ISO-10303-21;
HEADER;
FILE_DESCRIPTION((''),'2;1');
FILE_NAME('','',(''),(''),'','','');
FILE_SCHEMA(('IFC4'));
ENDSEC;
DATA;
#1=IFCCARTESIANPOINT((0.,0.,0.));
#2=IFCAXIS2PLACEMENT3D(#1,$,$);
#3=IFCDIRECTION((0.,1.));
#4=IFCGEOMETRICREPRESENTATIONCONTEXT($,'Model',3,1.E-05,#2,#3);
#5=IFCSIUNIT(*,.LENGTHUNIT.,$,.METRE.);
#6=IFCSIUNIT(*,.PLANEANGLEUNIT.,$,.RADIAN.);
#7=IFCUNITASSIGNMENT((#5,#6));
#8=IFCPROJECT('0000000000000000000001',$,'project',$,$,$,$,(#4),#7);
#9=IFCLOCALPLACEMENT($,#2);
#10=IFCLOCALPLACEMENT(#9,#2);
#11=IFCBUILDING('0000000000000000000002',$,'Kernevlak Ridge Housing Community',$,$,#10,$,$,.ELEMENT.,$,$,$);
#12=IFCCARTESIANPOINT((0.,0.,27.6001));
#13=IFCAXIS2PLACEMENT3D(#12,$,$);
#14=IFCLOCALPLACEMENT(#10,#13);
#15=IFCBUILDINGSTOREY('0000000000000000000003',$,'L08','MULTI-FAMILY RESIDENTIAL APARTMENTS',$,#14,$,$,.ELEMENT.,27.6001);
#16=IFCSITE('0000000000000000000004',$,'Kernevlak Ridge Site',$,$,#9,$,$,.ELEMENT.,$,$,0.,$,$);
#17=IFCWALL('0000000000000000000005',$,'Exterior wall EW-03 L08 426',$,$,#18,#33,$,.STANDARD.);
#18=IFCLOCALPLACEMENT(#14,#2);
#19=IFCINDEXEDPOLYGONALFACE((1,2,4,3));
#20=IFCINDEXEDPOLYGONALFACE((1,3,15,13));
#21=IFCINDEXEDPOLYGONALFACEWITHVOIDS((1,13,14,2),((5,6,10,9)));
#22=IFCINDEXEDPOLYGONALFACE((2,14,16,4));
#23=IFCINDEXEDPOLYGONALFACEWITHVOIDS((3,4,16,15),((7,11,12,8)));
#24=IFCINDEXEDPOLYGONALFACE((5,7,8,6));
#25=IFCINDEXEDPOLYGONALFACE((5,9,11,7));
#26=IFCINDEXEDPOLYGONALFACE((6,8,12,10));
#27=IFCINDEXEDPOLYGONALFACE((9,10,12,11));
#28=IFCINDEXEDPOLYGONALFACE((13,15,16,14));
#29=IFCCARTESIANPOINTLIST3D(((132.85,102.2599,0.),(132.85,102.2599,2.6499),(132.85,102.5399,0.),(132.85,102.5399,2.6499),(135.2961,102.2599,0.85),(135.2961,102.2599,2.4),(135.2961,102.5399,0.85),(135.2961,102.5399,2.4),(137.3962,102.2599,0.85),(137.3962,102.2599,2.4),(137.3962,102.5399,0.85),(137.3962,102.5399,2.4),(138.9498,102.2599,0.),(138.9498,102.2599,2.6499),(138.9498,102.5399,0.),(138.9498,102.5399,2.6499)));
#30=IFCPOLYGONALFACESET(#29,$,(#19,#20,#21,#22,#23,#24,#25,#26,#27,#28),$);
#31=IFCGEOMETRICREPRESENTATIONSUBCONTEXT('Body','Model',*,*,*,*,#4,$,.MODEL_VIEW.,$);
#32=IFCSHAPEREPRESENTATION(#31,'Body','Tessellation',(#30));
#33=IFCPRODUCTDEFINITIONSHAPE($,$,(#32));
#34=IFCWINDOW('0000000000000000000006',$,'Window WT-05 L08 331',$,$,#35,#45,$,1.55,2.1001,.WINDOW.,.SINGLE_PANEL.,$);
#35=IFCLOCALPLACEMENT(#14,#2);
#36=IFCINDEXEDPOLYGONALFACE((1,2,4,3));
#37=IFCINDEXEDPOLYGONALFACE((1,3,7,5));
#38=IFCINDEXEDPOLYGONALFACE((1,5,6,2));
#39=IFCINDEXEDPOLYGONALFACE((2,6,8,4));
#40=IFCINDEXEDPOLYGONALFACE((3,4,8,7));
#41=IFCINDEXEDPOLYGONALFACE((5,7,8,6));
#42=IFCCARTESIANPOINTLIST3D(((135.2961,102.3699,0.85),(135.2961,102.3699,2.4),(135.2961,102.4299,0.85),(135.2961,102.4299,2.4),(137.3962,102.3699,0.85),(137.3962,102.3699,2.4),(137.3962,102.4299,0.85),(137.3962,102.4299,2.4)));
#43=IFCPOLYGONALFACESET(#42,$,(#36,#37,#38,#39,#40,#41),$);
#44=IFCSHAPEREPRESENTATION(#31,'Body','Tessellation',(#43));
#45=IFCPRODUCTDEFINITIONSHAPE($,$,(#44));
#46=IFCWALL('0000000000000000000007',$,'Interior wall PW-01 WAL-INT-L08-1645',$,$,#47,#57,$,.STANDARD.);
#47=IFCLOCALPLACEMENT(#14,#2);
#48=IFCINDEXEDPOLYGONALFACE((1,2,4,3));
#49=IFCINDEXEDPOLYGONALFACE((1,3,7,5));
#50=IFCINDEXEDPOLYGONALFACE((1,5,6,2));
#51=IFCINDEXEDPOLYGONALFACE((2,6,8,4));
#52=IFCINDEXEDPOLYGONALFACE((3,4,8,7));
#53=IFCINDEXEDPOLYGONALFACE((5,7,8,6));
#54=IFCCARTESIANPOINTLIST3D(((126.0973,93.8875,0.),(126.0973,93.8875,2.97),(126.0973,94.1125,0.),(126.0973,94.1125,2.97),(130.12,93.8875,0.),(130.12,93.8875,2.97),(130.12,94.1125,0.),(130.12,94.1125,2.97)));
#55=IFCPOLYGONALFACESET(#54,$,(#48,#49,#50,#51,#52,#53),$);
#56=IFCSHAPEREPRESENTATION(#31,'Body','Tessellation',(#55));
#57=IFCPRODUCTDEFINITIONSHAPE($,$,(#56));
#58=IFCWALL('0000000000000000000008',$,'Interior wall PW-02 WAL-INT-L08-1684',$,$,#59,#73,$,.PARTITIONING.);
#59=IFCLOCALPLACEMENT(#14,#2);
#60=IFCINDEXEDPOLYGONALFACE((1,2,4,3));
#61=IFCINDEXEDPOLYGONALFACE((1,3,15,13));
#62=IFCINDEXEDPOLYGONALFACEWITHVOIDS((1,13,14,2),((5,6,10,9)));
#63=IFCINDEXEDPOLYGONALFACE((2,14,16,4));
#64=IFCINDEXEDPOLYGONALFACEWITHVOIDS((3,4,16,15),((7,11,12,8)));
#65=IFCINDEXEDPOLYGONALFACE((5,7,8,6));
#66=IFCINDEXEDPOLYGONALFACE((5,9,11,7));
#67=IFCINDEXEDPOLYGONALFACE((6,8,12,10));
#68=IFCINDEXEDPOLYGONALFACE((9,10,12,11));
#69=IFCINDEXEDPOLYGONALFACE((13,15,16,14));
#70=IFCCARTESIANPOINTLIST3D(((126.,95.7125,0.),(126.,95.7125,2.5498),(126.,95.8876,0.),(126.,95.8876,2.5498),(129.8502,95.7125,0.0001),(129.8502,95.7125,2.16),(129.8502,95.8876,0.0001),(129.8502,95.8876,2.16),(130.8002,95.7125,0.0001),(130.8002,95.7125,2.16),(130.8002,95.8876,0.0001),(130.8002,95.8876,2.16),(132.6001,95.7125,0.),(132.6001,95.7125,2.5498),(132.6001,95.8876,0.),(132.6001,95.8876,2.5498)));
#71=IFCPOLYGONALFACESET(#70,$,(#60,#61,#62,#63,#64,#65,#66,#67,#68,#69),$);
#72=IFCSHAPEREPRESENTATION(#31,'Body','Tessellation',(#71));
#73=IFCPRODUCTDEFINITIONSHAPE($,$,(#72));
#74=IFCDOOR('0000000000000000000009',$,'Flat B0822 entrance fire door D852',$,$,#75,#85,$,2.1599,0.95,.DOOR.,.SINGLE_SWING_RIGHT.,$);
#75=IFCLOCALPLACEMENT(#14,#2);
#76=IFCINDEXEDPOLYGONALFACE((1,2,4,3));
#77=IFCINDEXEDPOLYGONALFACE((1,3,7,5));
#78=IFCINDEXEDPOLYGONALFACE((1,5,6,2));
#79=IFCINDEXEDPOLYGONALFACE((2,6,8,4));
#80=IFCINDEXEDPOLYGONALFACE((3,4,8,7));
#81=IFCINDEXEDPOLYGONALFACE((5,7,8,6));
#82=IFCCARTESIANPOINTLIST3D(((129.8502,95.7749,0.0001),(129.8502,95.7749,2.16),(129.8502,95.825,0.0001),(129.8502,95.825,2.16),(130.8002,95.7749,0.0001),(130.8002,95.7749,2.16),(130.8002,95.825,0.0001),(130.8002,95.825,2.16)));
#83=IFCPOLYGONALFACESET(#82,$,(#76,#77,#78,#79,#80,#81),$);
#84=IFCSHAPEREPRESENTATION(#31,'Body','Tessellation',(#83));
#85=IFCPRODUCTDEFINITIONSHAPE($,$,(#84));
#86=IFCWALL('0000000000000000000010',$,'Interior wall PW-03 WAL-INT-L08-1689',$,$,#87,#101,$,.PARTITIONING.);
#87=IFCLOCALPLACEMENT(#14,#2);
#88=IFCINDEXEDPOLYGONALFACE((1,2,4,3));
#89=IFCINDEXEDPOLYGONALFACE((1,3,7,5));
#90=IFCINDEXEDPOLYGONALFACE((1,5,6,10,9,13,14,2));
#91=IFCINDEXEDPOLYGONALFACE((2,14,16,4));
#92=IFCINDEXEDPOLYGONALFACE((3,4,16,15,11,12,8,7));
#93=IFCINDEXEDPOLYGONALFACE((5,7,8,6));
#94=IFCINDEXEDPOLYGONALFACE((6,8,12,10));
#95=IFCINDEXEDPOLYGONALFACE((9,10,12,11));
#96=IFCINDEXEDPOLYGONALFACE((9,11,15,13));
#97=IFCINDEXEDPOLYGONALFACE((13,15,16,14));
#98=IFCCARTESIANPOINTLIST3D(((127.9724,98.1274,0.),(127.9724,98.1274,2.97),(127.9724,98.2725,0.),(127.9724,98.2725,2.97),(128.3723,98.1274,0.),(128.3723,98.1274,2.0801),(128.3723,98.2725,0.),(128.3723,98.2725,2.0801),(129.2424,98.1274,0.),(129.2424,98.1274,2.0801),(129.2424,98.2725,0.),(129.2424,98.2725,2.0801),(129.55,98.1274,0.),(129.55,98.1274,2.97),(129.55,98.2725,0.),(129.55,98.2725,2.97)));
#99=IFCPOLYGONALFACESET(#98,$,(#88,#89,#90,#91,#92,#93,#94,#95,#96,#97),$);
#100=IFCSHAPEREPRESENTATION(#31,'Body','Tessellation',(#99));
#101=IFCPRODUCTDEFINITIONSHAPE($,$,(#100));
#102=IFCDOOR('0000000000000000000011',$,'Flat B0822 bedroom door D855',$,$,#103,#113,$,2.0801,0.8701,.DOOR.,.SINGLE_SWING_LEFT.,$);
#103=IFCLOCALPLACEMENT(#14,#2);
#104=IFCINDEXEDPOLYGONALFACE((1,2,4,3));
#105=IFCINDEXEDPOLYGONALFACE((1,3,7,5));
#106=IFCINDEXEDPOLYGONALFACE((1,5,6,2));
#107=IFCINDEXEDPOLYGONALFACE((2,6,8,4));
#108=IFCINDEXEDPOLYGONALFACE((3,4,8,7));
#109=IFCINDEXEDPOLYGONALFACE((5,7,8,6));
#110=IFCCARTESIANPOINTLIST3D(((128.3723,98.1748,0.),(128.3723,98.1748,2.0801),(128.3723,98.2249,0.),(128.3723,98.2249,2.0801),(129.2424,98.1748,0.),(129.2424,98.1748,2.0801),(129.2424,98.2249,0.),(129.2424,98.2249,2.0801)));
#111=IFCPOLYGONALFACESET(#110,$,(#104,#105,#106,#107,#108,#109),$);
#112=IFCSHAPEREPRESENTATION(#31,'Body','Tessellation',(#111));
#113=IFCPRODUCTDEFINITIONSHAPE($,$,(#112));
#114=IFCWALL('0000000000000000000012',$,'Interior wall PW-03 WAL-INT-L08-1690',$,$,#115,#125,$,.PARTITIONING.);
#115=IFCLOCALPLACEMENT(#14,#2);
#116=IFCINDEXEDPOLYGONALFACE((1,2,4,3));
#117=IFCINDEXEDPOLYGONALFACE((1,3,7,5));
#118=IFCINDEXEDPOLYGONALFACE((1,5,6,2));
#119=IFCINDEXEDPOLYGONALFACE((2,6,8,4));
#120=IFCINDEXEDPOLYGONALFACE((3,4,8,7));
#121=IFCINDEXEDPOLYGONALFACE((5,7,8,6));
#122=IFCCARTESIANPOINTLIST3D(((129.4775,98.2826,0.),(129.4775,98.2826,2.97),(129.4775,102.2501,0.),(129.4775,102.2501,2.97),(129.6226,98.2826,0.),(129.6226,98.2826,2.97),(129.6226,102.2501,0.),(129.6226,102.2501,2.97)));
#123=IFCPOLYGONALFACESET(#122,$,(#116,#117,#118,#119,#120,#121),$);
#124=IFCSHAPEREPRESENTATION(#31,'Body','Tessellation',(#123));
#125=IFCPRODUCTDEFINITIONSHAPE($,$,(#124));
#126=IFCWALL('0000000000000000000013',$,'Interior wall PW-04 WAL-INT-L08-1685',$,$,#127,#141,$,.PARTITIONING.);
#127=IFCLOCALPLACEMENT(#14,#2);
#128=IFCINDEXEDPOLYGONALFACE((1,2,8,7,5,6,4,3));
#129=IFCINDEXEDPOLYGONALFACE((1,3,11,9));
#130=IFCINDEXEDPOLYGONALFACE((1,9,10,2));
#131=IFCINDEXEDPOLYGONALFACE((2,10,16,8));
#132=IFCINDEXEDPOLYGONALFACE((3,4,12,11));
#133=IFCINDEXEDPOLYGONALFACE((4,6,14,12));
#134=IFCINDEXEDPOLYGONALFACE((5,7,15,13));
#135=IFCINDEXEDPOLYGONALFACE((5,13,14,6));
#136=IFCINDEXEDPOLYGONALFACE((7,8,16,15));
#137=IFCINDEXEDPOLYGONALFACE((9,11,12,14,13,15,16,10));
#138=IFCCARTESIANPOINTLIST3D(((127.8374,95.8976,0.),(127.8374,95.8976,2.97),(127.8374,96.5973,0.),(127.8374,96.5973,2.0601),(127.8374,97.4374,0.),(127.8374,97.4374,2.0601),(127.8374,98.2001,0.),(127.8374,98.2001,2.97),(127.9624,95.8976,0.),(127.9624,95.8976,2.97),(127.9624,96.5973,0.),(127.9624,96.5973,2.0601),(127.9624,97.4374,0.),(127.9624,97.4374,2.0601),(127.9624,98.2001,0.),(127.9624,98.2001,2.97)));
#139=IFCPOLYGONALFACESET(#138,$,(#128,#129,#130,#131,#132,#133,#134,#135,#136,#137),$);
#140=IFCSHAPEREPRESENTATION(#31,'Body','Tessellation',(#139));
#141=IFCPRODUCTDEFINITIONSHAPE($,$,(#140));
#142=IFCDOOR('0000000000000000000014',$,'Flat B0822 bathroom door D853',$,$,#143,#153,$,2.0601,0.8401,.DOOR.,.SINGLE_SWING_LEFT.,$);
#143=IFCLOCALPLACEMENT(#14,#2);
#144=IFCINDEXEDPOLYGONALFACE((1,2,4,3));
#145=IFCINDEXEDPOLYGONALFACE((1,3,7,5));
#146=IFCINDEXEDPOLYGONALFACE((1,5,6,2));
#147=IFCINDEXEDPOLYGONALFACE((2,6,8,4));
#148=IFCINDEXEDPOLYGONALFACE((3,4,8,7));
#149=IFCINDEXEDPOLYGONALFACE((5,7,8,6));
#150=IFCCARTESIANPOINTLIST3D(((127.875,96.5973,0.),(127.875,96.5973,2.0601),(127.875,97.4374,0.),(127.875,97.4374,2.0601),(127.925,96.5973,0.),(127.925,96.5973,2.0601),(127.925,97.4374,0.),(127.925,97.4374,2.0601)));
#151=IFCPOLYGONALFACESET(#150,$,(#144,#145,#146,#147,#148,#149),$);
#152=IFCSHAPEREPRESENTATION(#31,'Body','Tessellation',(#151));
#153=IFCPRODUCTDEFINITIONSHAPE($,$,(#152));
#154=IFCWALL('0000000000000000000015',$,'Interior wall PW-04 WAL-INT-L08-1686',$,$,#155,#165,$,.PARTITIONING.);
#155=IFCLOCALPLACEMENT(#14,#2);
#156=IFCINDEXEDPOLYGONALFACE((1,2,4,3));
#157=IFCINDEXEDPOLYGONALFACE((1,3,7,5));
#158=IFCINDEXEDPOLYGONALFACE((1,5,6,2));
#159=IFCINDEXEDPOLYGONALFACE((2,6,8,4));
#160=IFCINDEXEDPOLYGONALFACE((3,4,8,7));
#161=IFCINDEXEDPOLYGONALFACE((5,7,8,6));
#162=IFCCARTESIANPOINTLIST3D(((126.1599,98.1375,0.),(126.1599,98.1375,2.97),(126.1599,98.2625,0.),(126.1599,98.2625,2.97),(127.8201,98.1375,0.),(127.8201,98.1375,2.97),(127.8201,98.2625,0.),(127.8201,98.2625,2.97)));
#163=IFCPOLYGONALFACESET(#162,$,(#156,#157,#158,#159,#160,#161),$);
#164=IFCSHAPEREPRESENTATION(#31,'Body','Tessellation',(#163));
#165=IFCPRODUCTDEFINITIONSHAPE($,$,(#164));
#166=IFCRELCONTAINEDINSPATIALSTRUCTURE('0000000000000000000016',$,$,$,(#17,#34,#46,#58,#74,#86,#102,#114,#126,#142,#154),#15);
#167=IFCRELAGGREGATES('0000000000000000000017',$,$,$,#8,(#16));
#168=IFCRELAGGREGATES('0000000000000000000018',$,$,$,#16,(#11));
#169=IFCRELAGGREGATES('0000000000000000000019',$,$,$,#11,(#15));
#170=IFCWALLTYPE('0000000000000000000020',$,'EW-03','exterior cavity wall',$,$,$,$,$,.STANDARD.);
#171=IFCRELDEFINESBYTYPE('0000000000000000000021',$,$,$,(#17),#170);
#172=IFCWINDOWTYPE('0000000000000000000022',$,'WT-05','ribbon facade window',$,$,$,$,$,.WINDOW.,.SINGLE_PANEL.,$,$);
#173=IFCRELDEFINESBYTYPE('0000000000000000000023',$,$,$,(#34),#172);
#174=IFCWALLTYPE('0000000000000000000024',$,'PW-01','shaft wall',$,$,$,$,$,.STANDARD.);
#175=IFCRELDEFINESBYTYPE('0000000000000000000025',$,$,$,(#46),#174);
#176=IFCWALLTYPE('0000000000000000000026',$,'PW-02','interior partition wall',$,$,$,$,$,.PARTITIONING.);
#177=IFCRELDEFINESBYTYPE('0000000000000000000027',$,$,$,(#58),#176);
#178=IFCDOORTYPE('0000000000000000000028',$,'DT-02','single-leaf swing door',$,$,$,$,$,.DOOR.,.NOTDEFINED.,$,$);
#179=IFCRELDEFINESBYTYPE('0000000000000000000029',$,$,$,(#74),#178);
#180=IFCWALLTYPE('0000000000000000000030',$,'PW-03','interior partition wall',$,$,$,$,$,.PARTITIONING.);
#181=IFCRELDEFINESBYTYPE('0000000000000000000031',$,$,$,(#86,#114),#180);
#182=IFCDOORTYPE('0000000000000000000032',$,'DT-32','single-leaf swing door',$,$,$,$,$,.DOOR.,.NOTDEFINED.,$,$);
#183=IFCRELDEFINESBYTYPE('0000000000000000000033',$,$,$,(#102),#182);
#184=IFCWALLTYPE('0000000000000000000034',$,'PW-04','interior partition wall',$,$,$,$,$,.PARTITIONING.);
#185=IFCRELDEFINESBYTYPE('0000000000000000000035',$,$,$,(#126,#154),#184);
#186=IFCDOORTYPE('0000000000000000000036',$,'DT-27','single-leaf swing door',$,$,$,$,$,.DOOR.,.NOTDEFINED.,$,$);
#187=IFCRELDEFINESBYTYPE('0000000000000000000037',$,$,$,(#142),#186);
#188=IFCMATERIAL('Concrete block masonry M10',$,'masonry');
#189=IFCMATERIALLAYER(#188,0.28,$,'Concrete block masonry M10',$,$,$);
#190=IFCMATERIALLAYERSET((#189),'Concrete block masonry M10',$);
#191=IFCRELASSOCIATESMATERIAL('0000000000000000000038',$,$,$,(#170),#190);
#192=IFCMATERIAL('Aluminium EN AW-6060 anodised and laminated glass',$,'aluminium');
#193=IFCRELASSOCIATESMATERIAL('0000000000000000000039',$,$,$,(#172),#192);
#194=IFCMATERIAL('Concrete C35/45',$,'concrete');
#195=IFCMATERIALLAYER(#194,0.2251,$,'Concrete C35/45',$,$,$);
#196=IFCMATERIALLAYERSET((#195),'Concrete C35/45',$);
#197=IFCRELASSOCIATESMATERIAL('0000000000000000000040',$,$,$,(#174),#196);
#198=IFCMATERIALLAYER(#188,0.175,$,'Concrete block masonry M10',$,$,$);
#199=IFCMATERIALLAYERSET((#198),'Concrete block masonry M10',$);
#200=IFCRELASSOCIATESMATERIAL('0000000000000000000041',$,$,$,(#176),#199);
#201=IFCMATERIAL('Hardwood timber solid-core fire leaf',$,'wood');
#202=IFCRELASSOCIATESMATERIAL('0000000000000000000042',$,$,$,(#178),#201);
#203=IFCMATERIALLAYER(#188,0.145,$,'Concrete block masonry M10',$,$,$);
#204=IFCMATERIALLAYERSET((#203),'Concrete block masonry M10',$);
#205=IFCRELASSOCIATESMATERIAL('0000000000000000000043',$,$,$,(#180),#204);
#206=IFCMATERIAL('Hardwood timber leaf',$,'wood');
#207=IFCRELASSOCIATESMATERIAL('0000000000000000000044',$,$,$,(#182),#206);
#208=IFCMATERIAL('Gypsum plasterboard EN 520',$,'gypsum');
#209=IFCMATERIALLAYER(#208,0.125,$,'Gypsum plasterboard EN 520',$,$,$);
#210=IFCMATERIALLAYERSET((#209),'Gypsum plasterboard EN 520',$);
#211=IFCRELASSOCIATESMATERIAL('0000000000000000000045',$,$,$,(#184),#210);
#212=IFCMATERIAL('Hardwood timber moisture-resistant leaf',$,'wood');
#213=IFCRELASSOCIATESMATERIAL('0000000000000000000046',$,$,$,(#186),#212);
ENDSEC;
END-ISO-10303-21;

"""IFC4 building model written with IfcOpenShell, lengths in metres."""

from ifc_helpers import new_model, si_unit, direction, frame, frame_2d, origin, place, context, subcontext, project, spatial, rectangle, extrude, material, layer, layer_set, type_object, element, fill, save


model = new_model("IFC4")

# Units and contexts
model_context = context("Model", 3, precision=1e-05, world=origin(), true_north=direction((0.0, 1.0)))
body_context = subcontext(model_context, "Body", "Model", "MODEL_VIEW")
ifc_project = project(units=[si_unit("LENGTHUNIT", "METRE"), si_unit("PLANEANGLEUNIT", "RADIAN")], contexts=[model_context])

# Site, building, storey
site_placement = place(None, origin())
site = spatial("IfcSite", under=ifc_project, at=site_placement, Name="Kernevlak Ridge Site", CompositionType="ELEMENT", RefElevation=0.0)
building_placement = place(site_placement, origin())
building = spatial("IfcBuilding", under=site, at=building_placement, Name="Kernevlak Ridge Housing Community", CompositionType="ELEMENT")
storey_placement = place(building_placement, frame((0.0, 0.0, 27.6001)))
storey = spatial("IfcBuildingStorey", under=building, at=storey_placement, Name="L08", Description="MULTI-FAMILY RESIDENTIAL APARTMENTS", CompositionType="ELEMENT", Elevation=27.6001)

# Shared definitions
ifc_material_1 = material(Name="Concrete C35/45", Category="concrete")

# Shared definitions
ifc_material_2 = material(Name="Concrete block masonry M10", Category="masonry")
ifc_layer_1 = layer(ifc_material_2, 0.28, Name="Concrete block masonry M10")
ifc_layer_set_1 = layer_set([ifc_layer_1], Name="Concrete block masonry M10")
wall_type_1 = type_object("IfcWallType", Name="EW-03", Description="exterior cavity wall", PredefinedType="STANDARD", material=ifc_layer_set_1)
ifc_material_3 = material(Name="Aluminium EN AW-6060 anodised and laminated glass", Category="aluminium")

# Wall, opening, window
wall_1_placement = place(storey_placement, frame((132.8501, 102.3999, 0.0), z_axis=(0.0, 0.0, 1.0), x_axis=(1.0, 0.0, 0.0)))
wall_1 = element("IfcWall", 1, at=wall_1_placement, inside=storey, type_object=wall_type_1, Name="Exterior wall EW-03 L08 426", PredefinedType="STANDARD", context=body_context, shape_type="SweptSolid", body=[
    extrude(rectangle(XDim=6.0999, YDim=0.28, at=frame_2d((3.0498, 0.0))), origin(), (0.0, 0.0, 1.0), 2.6499),
])
opening_1_placement = place(wall_1_placement, frame((2.446, 0.0, 0.8501)))
opening_1 = element("IfcOpeningElement", 2, at=opening_1_placement, cuts=wall_1, PredefinedType="OPENING", context=body_context, shape_type="SweptSolid", body=[
    extrude(rectangle(XDim=2.1001, YDim=1.55, at=frame_2d((1.05, 0.7749))), frame((0.0, 0.1499, 0.0), z_axis=(0.0, -1.0, 0.0), x_axis=(1.0, 0.0, 0.0)), (0.0, 0.0, 1.0), 0.3),
])
window_type_1 = type_object("IfcWindowType", Name="WT-05", Description="ribbon facade window", PartitioningType="SINGLE_PANEL", PredefinedType="WINDOW", material=ifc_material_3)
window_1_placement = place(opening_1_placement, origin())
window_1 = element("IfcWindow", 3, at=window_1_placement, inside=storey, type_object=window_type_1, Name="Window WT-05 L08 331", OverallHeight=1.55, OverallWidth=2.1001, PartitioningType="SINGLE_PANEL", PredefinedType="WINDOW", context=body_context, shape_type="SweptSolid", body=[
    extrude(rectangle(XDim=2.1001, YDim=1.55, at=frame_2d((1.05, 0.7749))), frame((0.0, 0.03, 0.0), z_axis=(0.0, -1.0, 0.0), x_axis=(1.0, 0.0, 0.0)), (0.0, 0.0, 1.0), 0.0601),
])
fill(opening_1, window_1)

# Wall
ifc_layer_2 = layer(ifc_material_1, 0.2251, Name="Concrete C35/45")
ifc_layer_set_2 = layer_set([ifc_layer_2], Name="Concrete C35/45")
wall_type_2 = type_object("IfcWallType", Name="PW-01", Description="shaft wall", PredefinedType="STANDARD", material=ifc_layer_set_2)
wall_2_placement = place(storey_placement, frame((126.0974, 94.0, 0.0), z_axis=(0.0, 0.0, 1.0), x_axis=(1.0, 0.0, 0.0)))
element("IfcWall", 4, at=wall_2_placement, inside=storey, type_object=wall_type_2, Name="Interior wall PW-01 WAL-INT-L08-1645", PredefinedType="STANDARD", context=body_context, shape_type="SweptSolid", body=[
    extrude(rectangle(XDim=4.0227, YDim=0.2251, at=frame_2d((2.0112, 0.0))), origin(), (0.0, 0.0, 1.0), 2.97),
])

# Walls, openings, doors
ifc_layer_3 = layer(ifc_material_2, 0.175, Name="Concrete block masonry M10")
ifc_layer_set_3 = layer_set([ifc_layer_3], Name="Concrete block masonry M10")
wall_type_3 = type_object("IfcWallType", Name="PW-02", Description="interior partition wall", PredefinedType="PARTITIONING", material=ifc_layer_set_3)
wall_3_placement = place(storey_placement, frame((126.0, 95.8, 0.0), z_axis=(0.0, 0.0, 1.0), x_axis=(1.0, 0.0, 0.0)))
wall_3 = element("IfcWall", 5, at=wall_3_placement, inside=storey, type_object=wall_type_3, Name="Interior wall PW-02 WAL-INT-L08-1684", PredefinedType="PARTITIONING", context=body_context, shape_type="SweptSolid", body=[
    extrude(rectangle(XDim=6.6001, YDim=0.175, at=frame_2d((3.3, 0.0))), origin(), (0.0, 0.0, 1.0), 2.5498),
])
opening_2_placement = place(wall_3_placement, frame((3.8501, 0.0, 0.0)))
opening_2 = element("IfcOpeningElement", 6, at=opening_2_placement, cuts=wall_3, PredefinedType="OPENING", context=body_context, shape_type="SweptSolid", body=[
    extrude(rectangle(XDim=0.95, YDim=2.1599, at=frame_2d((0.4751, 1.0801))), frame((0.0, 0.0974, 0.0), z_axis=(0.0, -1.0, 0.0), x_axis=(1.0, 0.0, 0.0)), (0.0, 0.0, 1.0), 0.1951),
])
ifc_material_4 = material(Name="Hardwood timber solid-core fire leaf", Category="wood")
door_type_1 = type_object("IfcDoorType", Name="DT-02", Description="single-leaf swing door", OperationType="NOTDEFINED", PredefinedType="DOOR", material=ifc_material_4)
door_1_placement = place(opening_2_placement, origin())
door_1 = element("IfcDoor", 7, at=door_1_placement, inside=storey, type_object=door_type_1, Name="Flat B0822 entrance fire door D852", OperationType="SINGLE_SWING_RIGHT", OverallHeight=2.1599, OverallWidth=0.95, PredefinedType="DOOR", context=body_context, shape_type="SweptSolid", body=[
    extrude(rectangle(XDim=0.95, YDim=2.1599, at=frame_2d((0.4751, 1.0801))), frame((0.0, 0.0249, 0.0), z_axis=(0.0, -1.0, 0.0), x_axis=(1.0, 0.0, 0.0)), (0.0, 0.0, 1.0), 0.05),
])
fill(opening_2, door_1)
ifc_layer_4 = layer(ifc_material_2, 0.145, Name="Concrete block masonry M10")
ifc_layer_set_4 = layer_set([ifc_layer_4], Name="Concrete block masonry M10")
wall_type_4 = type_object("IfcWallType", Name="PW-03", Description="interior partition wall", PredefinedType="PARTITIONING", material=ifc_layer_set_4)
wall_4_placement = place(storey_placement, frame((127.9724, 98.2, 0.0), z_axis=(0.0, 0.0, 1.0), x_axis=(1.0, 0.0, 0.0)))
wall_4 = element("IfcWall", 8, at=wall_4_placement, inside=storey, type_object=wall_type_4, Name="Interior wall PW-03 WAL-INT-L08-1689", PredefinedType="PARTITIONING", context=body_context, shape_type="SweptSolid", body=[
    extrude(rectangle(XDim=1.5776, YDim=0.145, at=frame_2d((0.7888, 0.0))), origin(), (0.0, 0.0, 1.0), 2.97),
])
opening_3_placement = place(wall_4_placement, frame((0.3999, 0.0, 0.0)))
opening_3 = element("IfcOpeningElement", 9, at=opening_3_placement, cuts=wall_4, PredefinedType="OPENING", context=body_context, shape_type="SweptSolid", body=[
    extrude(rectangle(XDim=0.8701, YDim=2.0801, at=frame_2d((0.4351, 1.04))), frame((0.0, 0.0825, 0.0), z_axis=(0.0, -1.0, 0.0), x_axis=(1.0, 0.0, 0.0)), (0.0, 0.0, 1.0), 0.165),
])
ifc_material_5 = material(Name="Hardwood timber leaf", Category="wood")
door_type_2 = type_object("IfcDoorType", Name="DT-32", Description="single-leaf swing door", OperationType="NOTDEFINED", PredefinedType="DOOR", material=ifc_material_5)
door_2_placement = place(opening_3_placement, origin())
door_2 = element("IfcDoor", 10, at=door_2_placement, inside=storey, type_object=door_type_2, Name="Flat B0822 bedroom door D855", OperationType="SINGLE_SWING_LEFT", OverallHeight=2.0801, OverallWidth=0.8701, PredefinedType="DOOR", context=body_context, shape_type="SweptSolid", body=[
    extrude(rectangle(XDim=0.8701, YDim=2.0801, at=frame_2d((0.4351, 1.04))), frame((0.0, 0.0249, 0.0), z_axis=(0.0, -1.0, 0.0), x_axis=(1.0, 0.0, 0.0)), (0.0, 0.0, 1.0), 0.05),
])
fill(opening_3, door_2)

# Wall
wall_5_placement = place(storey_placement, frame((129.55, 98.2825, 0.0), z_axis=(0.0, 0.0, 1.0), x_axis=(0.0, 1.0, 0.0)))
element("IfcWall", 11, at=wall_5_placement, inside=storey, type_object=wall_type_4, Name="Interior wall PW-03 WAL-INT-L08-1690", PredefinedType="PARTITIONING", context=body_context, shape_type="SweptSolid", body=[
    extrude(rectangle(XDim=3.9675, YDim=0.145, at=frame_2d((1.9839, 0.0))), origin(), (0.0, 0.0, 1.0), 2.97),
])

# Wall, opening, door
ifc_material_6 = material(Name="Gypsum plasterboard EN 520", Category="gypsum")
ifc_layer_5 = layer(ifc_material_6, 0.125, Name="Gypsum plasterboard EN 520")
ifc_layer_set_5 = layer_set([ifc_layer_5], Name="Gypsum plasterboard EN 520")
wall_type_5 = type_object("IfcWallType", Name="PW-04", Description="interior partition wall", PredefinedType="PARTITIONING", material=ifc_layer_set_5)
wall_6_placement = place(storey_placement, frame((127.8999, 95.8975, 0.0), z_axis=(0.0, 0.0, 1.0), x_axis=(0.0, 1.0, 0.0)))
wall_6 = element("IfcWall", 12, at=wall_6_placement, inside=storey, type_object=wall_type_5, Name="Interior wall PW-04 WAL-INT-L08-1685", PredefinedType="PARTITIONING", context=body_context, shape_type="SweptSolid", body=[
    extrude(rectangle(XDim=2.3025, YDim=0.125, at=frame_2d((1.1514, 0.0))), origin(), (0.0, 0.0, 1.0), 2.97),
])
opening_4_placement = place(wall_6_placement, frame((0.7, 0.0, 0.0)))
opening_4 = element("IfcOpeningElement", 13, at=opening_4_placement, cuts=wall_6, PredefinedType="OPENING", context=body_context, shape_type="SweptSolid", body=[
    extrude(rectangle(XDim=0.8401, YDim=2.0601, at=frame_2d((0.4199, 1.03))), frame((0.0, 0.0725, 0.0), z_axis=(0.0, -1.0, 0.0), x_axis=(1.0, 0.0, 0.0)), (0.0, 0.0, 1.0), 0.145),
])
ifc_material_7 = material(Name="Hardwood timber moisture-resistant leaf", Category="wood")
door_type_3 = type_object("IfcDoorType", Name="DT-27", Description="single-leaf swing door", OperationType="NOTDEFINED", PredefinedType="DOOR", material=ifc_material_7)
door_3_placement = place(opening_4_placement, origin())
door_3 = element("IfcDoor", 14, at=door_3_placement, inside=storey, type_object=door_type_3, Name="Flat B0822 bathroom door D853", OperationType="SINGLE_SWING_LEFT", OverallHeight=2.0601, OverallWidth=0.8401, PredefinedType="DOOR", context=body_context, shape_type="SweptSolid", body=[
    extrude(rectangle(XDim=0.8401, YDim=2.0601, at=frame_2d((0.4199, 1.03))), frame((0.0, 0.0249, 0.0), z_axis=(0.0, -1.0, 0.0), x_axis=(1.0, 0.0, 0.0)), (0.0, 0.0, 1.0), 0.05),
])
fill(opening_4, door_3)

# Wall
wall_7_placement = place(storey_placement, frame((126.1599, 98.2, 0.0), z_axis=(0.0, 0.0, 1.0), x_axis=(1.0, 0.0, 0.0)))
element("IfcWall", 15, at=wall_7_placement, inside=storey, type_object=wall_type_5, Name="Interior wall PW-04 WAL-INT-L08-1686", PredefinedType="PARTITIONING", context=body_context, shape_type="SweptSolid", body=[
    extrude(rectangle(XDim=1.6602, YDim=0.125, at=frame_2d((0.8301, 0.0))), origin(), (0.0, 0.0, 1.0), 2.97),
])

save(model, "model.ifc")
